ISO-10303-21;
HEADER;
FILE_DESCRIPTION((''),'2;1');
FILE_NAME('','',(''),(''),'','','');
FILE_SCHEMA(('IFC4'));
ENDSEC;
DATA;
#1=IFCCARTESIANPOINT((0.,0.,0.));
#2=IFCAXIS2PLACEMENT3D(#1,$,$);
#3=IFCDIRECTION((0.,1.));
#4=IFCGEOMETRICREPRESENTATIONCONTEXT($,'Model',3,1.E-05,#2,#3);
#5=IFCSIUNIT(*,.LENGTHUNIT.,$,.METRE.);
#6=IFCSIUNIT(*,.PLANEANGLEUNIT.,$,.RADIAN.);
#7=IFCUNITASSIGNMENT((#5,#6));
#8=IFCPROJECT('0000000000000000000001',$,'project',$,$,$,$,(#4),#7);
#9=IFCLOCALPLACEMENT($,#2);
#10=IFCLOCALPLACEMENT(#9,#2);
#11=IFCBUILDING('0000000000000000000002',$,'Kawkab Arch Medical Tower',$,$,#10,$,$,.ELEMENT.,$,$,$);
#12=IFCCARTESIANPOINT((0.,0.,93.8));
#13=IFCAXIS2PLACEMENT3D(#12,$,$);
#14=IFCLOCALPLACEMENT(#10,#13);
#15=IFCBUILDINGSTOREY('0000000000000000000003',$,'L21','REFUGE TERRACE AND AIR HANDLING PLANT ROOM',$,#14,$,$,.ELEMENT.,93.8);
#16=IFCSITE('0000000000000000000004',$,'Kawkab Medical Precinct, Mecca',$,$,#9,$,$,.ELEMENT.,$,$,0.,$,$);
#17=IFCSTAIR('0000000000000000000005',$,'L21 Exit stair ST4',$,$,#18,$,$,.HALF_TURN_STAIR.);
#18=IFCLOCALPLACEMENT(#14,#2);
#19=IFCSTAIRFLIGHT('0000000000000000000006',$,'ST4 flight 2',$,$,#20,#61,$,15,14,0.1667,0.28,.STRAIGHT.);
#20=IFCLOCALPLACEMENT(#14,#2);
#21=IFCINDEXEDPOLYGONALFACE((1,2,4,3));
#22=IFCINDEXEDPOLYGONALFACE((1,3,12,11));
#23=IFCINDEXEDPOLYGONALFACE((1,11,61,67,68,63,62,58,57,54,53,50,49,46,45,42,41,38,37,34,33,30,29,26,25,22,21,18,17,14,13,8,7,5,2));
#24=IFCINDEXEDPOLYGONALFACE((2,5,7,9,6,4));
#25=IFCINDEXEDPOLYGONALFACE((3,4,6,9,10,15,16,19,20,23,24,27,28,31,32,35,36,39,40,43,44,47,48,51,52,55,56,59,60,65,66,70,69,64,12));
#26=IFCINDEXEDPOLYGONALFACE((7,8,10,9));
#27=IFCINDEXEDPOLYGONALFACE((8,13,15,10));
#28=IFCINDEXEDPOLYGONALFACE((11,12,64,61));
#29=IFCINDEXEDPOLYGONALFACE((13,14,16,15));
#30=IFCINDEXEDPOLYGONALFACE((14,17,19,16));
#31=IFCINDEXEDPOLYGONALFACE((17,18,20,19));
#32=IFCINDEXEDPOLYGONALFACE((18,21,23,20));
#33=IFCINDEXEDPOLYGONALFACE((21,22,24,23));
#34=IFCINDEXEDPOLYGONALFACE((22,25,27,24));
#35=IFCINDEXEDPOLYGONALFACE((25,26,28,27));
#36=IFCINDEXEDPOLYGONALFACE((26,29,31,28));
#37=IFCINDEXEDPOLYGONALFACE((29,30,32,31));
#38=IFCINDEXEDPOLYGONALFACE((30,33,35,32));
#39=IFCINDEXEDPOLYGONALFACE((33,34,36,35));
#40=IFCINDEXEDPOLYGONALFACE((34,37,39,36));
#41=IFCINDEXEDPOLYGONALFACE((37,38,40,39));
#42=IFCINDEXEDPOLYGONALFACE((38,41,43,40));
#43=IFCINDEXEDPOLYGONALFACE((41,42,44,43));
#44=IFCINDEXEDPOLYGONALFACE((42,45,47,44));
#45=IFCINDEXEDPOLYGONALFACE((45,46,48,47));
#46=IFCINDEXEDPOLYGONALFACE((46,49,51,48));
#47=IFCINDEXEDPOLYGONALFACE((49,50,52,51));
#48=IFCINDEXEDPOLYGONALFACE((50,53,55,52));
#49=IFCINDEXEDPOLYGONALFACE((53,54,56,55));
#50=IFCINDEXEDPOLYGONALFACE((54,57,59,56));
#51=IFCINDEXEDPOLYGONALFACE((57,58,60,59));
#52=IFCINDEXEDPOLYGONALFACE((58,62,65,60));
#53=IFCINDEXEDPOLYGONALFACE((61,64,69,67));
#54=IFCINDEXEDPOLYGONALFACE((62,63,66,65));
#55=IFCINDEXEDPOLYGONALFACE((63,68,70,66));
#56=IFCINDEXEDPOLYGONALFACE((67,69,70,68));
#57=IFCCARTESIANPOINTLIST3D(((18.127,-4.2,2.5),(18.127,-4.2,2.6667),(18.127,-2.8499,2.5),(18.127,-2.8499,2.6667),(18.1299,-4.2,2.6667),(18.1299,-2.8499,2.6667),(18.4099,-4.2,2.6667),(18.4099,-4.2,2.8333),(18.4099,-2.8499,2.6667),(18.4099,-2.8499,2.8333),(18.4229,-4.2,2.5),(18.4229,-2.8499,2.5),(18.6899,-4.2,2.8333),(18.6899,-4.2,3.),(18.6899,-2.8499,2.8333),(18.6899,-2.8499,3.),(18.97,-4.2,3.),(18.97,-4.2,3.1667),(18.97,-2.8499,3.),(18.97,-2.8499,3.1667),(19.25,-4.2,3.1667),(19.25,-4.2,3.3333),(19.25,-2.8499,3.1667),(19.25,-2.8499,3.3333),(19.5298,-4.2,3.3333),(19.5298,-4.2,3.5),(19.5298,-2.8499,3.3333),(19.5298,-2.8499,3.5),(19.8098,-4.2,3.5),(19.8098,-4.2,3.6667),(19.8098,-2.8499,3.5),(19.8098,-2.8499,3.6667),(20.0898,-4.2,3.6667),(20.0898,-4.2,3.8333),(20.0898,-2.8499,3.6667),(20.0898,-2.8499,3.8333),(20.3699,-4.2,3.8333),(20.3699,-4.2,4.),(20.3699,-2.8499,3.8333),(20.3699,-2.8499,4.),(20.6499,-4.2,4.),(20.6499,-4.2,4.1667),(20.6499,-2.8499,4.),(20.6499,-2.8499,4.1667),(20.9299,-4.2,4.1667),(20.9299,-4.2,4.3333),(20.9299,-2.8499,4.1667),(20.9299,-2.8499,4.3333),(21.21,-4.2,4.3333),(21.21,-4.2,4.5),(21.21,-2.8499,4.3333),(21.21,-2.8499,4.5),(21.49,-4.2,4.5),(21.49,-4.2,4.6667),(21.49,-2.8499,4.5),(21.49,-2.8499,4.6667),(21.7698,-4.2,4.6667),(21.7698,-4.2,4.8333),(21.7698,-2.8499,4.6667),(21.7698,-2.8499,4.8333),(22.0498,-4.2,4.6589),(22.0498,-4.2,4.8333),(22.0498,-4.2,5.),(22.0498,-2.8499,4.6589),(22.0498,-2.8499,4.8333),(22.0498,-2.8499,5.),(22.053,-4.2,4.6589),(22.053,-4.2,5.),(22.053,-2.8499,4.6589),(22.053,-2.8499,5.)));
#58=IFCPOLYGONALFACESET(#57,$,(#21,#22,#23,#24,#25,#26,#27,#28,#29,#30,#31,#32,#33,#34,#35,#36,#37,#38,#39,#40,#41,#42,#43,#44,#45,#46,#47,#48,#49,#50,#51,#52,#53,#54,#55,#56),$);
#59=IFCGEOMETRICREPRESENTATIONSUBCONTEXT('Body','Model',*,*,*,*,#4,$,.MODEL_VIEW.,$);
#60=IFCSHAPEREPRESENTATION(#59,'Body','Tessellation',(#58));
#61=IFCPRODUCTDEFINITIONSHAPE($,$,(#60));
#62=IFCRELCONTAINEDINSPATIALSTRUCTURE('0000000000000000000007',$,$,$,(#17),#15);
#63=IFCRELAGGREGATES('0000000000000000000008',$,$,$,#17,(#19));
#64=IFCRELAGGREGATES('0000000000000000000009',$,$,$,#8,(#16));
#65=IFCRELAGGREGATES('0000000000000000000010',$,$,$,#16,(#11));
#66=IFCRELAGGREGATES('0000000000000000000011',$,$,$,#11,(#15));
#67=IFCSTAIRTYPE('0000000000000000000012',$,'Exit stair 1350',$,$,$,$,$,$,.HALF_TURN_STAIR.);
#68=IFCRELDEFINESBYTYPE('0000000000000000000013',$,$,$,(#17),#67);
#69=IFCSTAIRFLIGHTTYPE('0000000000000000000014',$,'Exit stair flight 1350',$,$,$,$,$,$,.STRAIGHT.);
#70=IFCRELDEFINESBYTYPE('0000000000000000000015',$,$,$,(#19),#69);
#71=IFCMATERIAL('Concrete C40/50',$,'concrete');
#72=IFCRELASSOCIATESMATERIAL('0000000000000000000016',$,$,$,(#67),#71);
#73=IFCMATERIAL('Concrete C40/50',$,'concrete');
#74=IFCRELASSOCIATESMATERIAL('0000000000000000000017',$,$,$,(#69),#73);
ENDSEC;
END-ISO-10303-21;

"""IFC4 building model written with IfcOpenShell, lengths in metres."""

from ifc_helpers import new_model, si_unit, direction, frame, origin, place, context, subcontext, project, spatial, polyline, outline, extrude, material, type_object, element, aggregate, save


model = new_model("IFC4")

# Units and contexts
model_context = context("Model", 3, precision=1e-05, world=origin(), true_north=direction((0.0, 1.0)))
body_context = subcontext(model_context, "Body", "Model", "MODEL_VIEW")
ifc_project = project(units=[si_unit("LENGTHUNIT", "METRE"), si_unit("PLANEANGLEUNIT", "RADIAN")], contexts=[model_context])

# Site, building, storey
site_placement = place(None, origin())
site = spatial("IfcSite", under=ifc_project, at=site_placement, Name="Kawkab Medical Precinct, Mecca", CompositionType="ELEMENT", RefElevation=0.0)
building_placement = place(site_placement, origin())
building = spatial("IfcBuilding", under=site, at=building_placement, Name="Kawkab Arch Medical Tower", CompositionType="ELEMENT")
storey_placement = place(building_placement, frame((0.0, 0.0, 93.8)))
storey = spatial("IfcBuildingStorey", under=building, at=storey_placement, Name="L21", Description="REFUGE TERRACE AND AIR HANDLING PLANT ROOM", CompositionType="ELEMENT", Elevation=93.8)

# Shared definitions
ifc_material_1 = material(Name="Concrete C40/50", Category="concrete")
stair_type = type_object("IfcStairType", Name="Exit stair 1350", PredefinedType="HALF_TURN_STAIR", material=ifc_material_1)
placement = place(storey_placement, origin())
ifc_material_2 = material(Name="Concrete C40/50", Category="concrete")
stair_flight_type = type_object("IfcStairFlightType", Name="Exit stair flight 1350", PredefinedType="STRAIGHT", material=ifc_material_2)

# Stair, stair flight
stair_1 = element("IfcStair", 1, at=placement, inside=storey, type_object=stair_type, Name="L21 Exit stair ST4", PredefinedType="HALF_TURN_STAIR")
stair_flight_1_placement = place(storey_placement, frame((18.1299, -3.5249, 2.5), z_axis=(0.0, 0.0, 1.0), x_axis=(1.0, 0.0, 0.0)))
stair_flight_1 = element("IfcStairFlight", 2, at=stair_flight_1_placement, type_object=stair_flight_type, Name="ST4 flight 2", NumberOfRisers=15, NumberOfTreads=14, PredefinedType="STRAIGHT", RiserHeight=0.1667, TreadLength=0.28, context=body_context, shape_type="SweptSolid", body=[
    extrude(outline(polyline([(-0.0029, 0.0), (-0.0029, 0.1667), (0.0, 0.1667), (0.28, 0.1667), (0.28, 0.3333), (0.5601, 0.3333), (0.5601, 0.5), (0.8401, 0.5), (0.8401, 0.6667), (1.1201, 0.6667), (1.1201, 0.8333), (1.3999, 0.8333), (1.3999, 1.0), (1.6799, 1.0), (1.6799, 1.1667), (1.96, 1.1667), (1.96, 1.3333), (2.24, 1.3333), (2.24, 1.5), (2.52, 1.5), (2.52, 1.6667), (2.8, 1.6667), (2.8, 1.8333), (3.0801, 1.8333), (3.0801, 2.0), (3.3601, 2.0), (3.3601, 2.1667), (3.6399, 2.1667), (3.6399, 2.3333), (3.9199, 2.3333), (3.9199, 2.5), (3.9231, 2.5), (3.9231, 2.1589), (3.9199, 2.1589), (0.293, 0.0), (-0.0029, 0.0)])), frame((0.0, 0.675, 0.0), z_axis=(0.0, -1.0, 0.0), x_axis=(1.0, 0.0, 0.0)), (0.0, 0.0, 1.0), 1.3501),
])
aggregate(stair_1, [stair_flight_1])

save(model, "model.ifc")
